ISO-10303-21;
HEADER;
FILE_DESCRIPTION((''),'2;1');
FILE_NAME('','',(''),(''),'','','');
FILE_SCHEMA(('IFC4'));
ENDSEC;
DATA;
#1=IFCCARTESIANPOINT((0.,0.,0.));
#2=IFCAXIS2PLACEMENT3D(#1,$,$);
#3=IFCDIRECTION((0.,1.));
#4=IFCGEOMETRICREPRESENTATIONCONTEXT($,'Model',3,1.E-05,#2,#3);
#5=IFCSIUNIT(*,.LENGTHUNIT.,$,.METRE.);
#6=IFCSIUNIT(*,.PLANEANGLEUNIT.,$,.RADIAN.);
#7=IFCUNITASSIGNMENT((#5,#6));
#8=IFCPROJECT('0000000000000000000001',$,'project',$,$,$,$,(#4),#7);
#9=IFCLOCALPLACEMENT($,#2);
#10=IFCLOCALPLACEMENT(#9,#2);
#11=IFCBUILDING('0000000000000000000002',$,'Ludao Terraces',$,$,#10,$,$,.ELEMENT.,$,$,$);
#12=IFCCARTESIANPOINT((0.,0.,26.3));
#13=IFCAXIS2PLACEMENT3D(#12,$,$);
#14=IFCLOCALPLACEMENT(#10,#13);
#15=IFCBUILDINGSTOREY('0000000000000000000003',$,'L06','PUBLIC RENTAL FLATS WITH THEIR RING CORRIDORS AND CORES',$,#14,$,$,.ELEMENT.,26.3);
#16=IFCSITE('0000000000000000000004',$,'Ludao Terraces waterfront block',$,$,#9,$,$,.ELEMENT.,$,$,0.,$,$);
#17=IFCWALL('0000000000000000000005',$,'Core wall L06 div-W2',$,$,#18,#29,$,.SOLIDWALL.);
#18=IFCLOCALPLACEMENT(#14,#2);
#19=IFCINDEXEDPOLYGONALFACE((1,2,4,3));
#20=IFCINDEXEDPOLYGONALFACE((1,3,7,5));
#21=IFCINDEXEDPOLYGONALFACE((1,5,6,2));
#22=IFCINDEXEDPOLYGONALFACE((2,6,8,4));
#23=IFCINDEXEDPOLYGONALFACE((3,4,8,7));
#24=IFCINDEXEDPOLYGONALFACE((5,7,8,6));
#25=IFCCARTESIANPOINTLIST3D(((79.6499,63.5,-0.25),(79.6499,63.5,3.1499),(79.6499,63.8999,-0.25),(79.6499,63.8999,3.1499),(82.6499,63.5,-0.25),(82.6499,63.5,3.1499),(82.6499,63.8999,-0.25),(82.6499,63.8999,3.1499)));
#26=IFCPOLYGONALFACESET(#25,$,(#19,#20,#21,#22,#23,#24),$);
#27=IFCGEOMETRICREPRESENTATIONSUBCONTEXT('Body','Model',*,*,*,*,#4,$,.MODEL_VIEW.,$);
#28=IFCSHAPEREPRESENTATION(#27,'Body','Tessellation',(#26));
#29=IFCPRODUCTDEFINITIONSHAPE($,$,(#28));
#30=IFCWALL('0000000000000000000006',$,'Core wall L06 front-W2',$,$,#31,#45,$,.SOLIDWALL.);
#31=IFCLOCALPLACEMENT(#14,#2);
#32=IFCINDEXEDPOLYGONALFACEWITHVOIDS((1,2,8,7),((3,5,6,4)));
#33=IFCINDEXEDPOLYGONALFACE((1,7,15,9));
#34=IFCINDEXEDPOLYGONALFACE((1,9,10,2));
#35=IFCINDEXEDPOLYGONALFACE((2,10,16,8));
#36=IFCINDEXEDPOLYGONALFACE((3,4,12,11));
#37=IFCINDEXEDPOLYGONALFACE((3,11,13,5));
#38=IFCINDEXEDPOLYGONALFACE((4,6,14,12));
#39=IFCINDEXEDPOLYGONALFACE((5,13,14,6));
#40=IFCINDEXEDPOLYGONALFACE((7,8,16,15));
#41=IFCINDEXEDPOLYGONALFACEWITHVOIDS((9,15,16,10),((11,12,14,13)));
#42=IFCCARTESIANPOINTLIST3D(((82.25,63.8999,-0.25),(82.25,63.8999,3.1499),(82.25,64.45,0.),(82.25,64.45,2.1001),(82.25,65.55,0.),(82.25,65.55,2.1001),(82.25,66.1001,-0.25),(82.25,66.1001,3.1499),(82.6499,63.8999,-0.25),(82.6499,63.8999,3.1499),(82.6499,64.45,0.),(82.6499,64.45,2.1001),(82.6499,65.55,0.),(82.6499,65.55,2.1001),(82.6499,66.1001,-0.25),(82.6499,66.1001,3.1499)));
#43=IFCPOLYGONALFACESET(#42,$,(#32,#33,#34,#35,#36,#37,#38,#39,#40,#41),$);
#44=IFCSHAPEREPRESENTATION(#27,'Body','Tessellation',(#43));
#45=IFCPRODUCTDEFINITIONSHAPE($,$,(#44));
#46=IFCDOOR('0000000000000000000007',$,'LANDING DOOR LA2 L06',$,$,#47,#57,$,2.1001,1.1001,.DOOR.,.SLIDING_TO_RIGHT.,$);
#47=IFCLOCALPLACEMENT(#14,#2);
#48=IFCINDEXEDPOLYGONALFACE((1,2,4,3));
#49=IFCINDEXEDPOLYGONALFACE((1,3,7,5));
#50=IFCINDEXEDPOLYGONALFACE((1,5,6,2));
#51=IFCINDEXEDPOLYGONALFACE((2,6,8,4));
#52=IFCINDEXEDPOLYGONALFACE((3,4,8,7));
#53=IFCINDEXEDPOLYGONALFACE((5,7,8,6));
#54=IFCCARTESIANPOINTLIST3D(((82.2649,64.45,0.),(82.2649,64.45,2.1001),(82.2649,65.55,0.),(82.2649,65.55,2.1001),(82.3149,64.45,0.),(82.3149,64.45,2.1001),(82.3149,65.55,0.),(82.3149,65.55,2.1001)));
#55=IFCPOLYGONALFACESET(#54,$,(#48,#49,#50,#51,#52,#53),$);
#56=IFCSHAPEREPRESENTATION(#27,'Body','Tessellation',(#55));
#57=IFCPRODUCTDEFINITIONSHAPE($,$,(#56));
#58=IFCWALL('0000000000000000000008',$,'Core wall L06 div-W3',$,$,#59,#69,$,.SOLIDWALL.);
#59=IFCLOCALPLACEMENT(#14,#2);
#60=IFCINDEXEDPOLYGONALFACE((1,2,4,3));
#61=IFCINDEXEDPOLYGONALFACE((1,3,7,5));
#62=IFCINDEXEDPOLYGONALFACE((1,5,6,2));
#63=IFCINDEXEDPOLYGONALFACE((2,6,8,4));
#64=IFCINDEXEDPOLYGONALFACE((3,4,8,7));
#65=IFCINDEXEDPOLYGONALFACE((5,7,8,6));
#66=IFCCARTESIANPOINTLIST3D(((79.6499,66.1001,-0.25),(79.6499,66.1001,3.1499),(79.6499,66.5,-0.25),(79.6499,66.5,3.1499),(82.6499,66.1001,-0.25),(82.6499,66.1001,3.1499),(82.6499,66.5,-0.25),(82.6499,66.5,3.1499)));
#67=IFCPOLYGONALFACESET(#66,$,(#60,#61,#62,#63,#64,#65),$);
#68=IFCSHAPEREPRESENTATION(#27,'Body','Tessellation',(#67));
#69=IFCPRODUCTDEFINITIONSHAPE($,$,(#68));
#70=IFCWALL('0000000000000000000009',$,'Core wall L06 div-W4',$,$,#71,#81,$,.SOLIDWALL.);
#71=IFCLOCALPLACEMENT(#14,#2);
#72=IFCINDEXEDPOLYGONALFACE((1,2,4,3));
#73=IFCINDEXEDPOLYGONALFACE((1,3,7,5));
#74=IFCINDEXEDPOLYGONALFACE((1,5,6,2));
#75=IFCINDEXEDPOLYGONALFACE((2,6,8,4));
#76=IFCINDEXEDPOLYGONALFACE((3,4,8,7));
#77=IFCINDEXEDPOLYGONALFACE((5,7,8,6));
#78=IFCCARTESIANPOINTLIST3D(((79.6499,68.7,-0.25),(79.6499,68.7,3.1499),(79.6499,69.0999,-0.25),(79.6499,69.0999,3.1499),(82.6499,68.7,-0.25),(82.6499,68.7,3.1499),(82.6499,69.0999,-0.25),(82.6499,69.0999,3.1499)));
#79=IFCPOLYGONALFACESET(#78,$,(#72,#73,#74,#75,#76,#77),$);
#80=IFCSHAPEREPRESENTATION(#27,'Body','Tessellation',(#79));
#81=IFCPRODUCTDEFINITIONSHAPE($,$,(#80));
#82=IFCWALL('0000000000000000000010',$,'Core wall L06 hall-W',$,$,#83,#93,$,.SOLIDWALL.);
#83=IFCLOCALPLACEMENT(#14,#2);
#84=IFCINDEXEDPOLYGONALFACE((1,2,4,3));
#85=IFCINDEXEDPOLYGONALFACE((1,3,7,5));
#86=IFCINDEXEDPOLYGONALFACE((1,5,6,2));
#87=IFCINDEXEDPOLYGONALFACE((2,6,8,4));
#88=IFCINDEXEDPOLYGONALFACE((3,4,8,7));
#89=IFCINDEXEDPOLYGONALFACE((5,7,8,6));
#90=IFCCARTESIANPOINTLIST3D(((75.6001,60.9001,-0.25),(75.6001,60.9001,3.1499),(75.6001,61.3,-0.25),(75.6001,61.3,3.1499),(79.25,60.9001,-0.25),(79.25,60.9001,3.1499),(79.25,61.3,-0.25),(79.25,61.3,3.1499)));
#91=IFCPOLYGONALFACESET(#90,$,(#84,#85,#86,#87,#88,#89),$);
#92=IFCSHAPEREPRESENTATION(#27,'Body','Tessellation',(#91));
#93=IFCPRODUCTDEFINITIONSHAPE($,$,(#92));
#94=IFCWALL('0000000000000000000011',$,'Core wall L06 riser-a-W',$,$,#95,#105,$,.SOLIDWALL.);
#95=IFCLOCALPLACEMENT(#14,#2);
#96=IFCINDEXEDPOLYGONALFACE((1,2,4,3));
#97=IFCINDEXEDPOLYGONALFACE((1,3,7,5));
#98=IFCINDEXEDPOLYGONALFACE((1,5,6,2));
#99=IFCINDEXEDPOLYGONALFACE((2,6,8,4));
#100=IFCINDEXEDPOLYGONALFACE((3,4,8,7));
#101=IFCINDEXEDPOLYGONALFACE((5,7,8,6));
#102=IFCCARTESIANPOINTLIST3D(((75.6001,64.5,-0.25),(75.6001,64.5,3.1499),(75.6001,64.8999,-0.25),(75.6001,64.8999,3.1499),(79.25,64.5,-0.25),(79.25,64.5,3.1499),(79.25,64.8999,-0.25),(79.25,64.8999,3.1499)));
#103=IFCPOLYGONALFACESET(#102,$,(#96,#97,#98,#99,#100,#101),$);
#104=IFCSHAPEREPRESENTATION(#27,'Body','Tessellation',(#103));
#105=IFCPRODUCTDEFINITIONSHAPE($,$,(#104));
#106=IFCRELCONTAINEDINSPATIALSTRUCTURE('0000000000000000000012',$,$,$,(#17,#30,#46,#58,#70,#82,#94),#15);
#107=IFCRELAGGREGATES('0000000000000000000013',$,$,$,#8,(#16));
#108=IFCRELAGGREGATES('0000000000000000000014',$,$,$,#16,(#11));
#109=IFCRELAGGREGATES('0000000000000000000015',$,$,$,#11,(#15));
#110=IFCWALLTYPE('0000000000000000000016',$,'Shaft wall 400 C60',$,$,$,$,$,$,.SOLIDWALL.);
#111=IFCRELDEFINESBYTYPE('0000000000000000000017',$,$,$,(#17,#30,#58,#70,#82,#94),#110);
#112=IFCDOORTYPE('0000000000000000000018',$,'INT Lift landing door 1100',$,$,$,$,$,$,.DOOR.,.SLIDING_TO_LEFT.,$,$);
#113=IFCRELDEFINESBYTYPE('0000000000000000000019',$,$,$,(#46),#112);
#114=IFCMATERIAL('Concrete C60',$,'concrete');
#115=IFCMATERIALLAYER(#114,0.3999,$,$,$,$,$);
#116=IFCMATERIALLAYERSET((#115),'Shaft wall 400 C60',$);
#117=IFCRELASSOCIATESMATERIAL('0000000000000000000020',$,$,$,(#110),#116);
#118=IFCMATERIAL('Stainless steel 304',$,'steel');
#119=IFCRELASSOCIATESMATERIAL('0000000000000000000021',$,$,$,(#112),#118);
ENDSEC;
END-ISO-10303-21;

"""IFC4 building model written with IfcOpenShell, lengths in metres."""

from ifc_helpers import new_model, si_unit, direction, frame, frame_2d, origin, place, context, subcontext, project, spatial, rectangle, extrude, material, layer, layer_set, type_object, element, fill, save


model = new_model("IFC4")

# Units and contexts
model_context = context("Model", 3, precision=1e-05, world=origin(), true_north=direction((0.0, 1.0)))
body_context = subcontext(model_context, "Body", "Model", "MODEL_VIEW")
ifc_project = project(units=[si_unit("LENGTHUNIT", "METRE"), si_unit("PLANEANGLEUNIT", "RADIAN")], contexts=[model_context])

# Site, building, storey
site_placement = place(None, origin())
site = spatial("IfcSite", under=ifc_project, at=site_placement, Name="Ludao Terraces waterfront block", CompositionType="ELEMENT", RefElevation=0.0)
building_placement = place(site_placement, origin())
building = spatial("IfcBuilding", under=site, at=building_placement, Name="Ludao Terraces", CompositionType="ELEMENT")
storey_placement = place(building_placement, frame((0.0, 0.0, 26.3)))
storey = spatial("IfcBuildingStorey", under=building, at=storey_placement, Name="L06", Description="PUBLIC RENTAL FLATS WITH THEIR RING CORRIDORS AND CORES", CompositionType="ELEMENT", Elevation=26.3)

# Shared definitions
ifc_material_1 = material(Name="Concrete C60", Category="concrete")
ifc_layer_1 = layer(ifc_material_1, 0.3999)
ifc_layer_set_1 = layer_set([ifc_layer_1], Name="Shaft wall 400 C60")
wall_type_1 = type_object("IfcWallType", Name="Shaft wall 400 C60", PredefinedType="SOLIDWALL", material=ifc_layer_set_1)

# Shared definitions
ifc_material_2 = material(Name="Stainless steel 304", Category="steel")
door_type_1 = type_object("IfcDoorType", Name="INT Lift landing door 1100", OperationType="SLIDING_TO_LEFT", PredefinedType="DOOR", material=ifc_material_2)

# Wall
wall_1_placement = place(storey_placement, frame((79.6499, 63.7, -0.25), z_axis=(0.0, 0.0, 1.0), x_axis=(1.0, 0.0, 0.0)))
element("IfcWall", 1, at=wall_1_placement, inside=storey, type_object=wall_type_1, Name="Core wall L06 div-W2", PredefinedType="SOLIDWALL", context=body_context, shape_type="SweptSolid", body=[
    extrude(rectangle(XDim=3.0, YDim=0.3999, at=frame_2d((1.5, 0.0))), origin(), (0.0, 0.0, 1.0), 3.3999),
])

# Wall, opening, door
wall_2_placement = place(storey_placement, frame((82.45, 63.8999, -0.25), z_axis=(0.0, 0.0, 1.0), x_axis=(0.0, 1.0, 0.0)))
wall_2 = element("IfcWall", 2, at=wall_2_placement, inside=storey, type_object=wall_type_1, Name="Core wall L06 front-W2", PredefinedType="SOLIDWALL", context=body_context, shape_type="SweptSolid", body=[
    extrude(rectangle(XDim=2.2002, YDim=0.3999, at=frame_2d((1.1001, 0.0))), origin(), (0.0, 0.0, 1.0), 3.3999),
])
opening_1_placement = place(wall_2_placement, frame((0.55, 0.0, 0.25)))
opening_1 = element("IfcOpeningElement", 3, at=opening_1_placement, cuts=wall_2, PredefinedType="OPENING", context=body_context, shape_type="SweptSolid", body=[
    extrude(rectangle(XDim=1.1001, YDim=2.1001, at=frame_2d((0.55, 1.05))), frame((0.0, 0.21, 0.0), z_axis=(0.0, -1.0, 0.0), x_axis=(1.0, 0.0, 0.0)), (0.0, 0.0, 1.0), 0.4199),
])
door_1_placement = place(opening_1_placement, origin())
door_1 = element("IfcDoor", 4, at=door_1_placement, inside=storey, type_object=door_type_1, Name="LANDING DOOR LA2 L06", OperationType="SLIDING_TO_RIGHT", OverallHeight=2.1001, OverallWidth=1.1001, PredefinedType="DOOR", context=body_context, shape_type="SweptSolid", body=[
    extrude(rectangle(XDim=1.1001, YDim=2.1001, at=frame_2d((0.55, 1.05))), frame((0.0, 0.1851, 0.0), z_axis=(0.0, -1.0, 0.0), x_axis=(1.0, 0.0, 0.0)), (0.0, 0.0, 1.0), 0.05),
])
fill(opening_1, door_1)

# Walls
for number, where, z_axis, x_axis, name in (
    (5, (79.6499, 66.3, -0.25), (0.0, 0.0, 1.0), (1.0, 0.0, 0.0), "Core wall L06 div-W3"),
    (6, (79.6499, 68.8999, -0.25), (0.0, 0.0, 1.0), (1.0, 0.0, 0.0), "Core wall L06 div-W4"),
):
    element("IfcWall", number, at=place(storey_placement, frame(where, z_axis=z_axis, x_axis=x_axis)), inside=storey, type_object=wall_type_1, Name=name, PredefinedType="SOLIDWALL", context=body_context, shape_type="SweptSolid", body=[
        extrude(rectangle(XDim=3.0, YDim=0.3999, at=frame_2d((1.5, 0.0))), origin(), (0.0, 0.0, 1.0), 3.3999),
    ])
for number, where, z_axis, x_axis, name in (
    (7, (75.6001, 61.1001, -0.25), (0.0, 0.0, 1.0), (1.0, 0.0, 0.0), "Core wall L06 hall-W"),
    (8, (75.6001, 64.7, -0.25), (0.0, 0.0, 1.0), (1.0, 0.0, 0.0), "Core wall L06 riser-a-W"),
):
    element("IfcWall", number, at=place(storey_placement, frame(where, z_axis=z_axis, x_axis=x_axis)), inside=storey, type_object=wall_type_1, Name=name, PredefinedType="SOLIDWALL", context=body_context, shape_type="SweptSolid", body=[
        extrude(rectangle(XDim=3.6499, YDim=0.3999, at=frame_2d((1.825, 0.0))), origin(), (0.0, 0.0, 1.0), 3.3999),
    ])

save(model, "model.ifc")
